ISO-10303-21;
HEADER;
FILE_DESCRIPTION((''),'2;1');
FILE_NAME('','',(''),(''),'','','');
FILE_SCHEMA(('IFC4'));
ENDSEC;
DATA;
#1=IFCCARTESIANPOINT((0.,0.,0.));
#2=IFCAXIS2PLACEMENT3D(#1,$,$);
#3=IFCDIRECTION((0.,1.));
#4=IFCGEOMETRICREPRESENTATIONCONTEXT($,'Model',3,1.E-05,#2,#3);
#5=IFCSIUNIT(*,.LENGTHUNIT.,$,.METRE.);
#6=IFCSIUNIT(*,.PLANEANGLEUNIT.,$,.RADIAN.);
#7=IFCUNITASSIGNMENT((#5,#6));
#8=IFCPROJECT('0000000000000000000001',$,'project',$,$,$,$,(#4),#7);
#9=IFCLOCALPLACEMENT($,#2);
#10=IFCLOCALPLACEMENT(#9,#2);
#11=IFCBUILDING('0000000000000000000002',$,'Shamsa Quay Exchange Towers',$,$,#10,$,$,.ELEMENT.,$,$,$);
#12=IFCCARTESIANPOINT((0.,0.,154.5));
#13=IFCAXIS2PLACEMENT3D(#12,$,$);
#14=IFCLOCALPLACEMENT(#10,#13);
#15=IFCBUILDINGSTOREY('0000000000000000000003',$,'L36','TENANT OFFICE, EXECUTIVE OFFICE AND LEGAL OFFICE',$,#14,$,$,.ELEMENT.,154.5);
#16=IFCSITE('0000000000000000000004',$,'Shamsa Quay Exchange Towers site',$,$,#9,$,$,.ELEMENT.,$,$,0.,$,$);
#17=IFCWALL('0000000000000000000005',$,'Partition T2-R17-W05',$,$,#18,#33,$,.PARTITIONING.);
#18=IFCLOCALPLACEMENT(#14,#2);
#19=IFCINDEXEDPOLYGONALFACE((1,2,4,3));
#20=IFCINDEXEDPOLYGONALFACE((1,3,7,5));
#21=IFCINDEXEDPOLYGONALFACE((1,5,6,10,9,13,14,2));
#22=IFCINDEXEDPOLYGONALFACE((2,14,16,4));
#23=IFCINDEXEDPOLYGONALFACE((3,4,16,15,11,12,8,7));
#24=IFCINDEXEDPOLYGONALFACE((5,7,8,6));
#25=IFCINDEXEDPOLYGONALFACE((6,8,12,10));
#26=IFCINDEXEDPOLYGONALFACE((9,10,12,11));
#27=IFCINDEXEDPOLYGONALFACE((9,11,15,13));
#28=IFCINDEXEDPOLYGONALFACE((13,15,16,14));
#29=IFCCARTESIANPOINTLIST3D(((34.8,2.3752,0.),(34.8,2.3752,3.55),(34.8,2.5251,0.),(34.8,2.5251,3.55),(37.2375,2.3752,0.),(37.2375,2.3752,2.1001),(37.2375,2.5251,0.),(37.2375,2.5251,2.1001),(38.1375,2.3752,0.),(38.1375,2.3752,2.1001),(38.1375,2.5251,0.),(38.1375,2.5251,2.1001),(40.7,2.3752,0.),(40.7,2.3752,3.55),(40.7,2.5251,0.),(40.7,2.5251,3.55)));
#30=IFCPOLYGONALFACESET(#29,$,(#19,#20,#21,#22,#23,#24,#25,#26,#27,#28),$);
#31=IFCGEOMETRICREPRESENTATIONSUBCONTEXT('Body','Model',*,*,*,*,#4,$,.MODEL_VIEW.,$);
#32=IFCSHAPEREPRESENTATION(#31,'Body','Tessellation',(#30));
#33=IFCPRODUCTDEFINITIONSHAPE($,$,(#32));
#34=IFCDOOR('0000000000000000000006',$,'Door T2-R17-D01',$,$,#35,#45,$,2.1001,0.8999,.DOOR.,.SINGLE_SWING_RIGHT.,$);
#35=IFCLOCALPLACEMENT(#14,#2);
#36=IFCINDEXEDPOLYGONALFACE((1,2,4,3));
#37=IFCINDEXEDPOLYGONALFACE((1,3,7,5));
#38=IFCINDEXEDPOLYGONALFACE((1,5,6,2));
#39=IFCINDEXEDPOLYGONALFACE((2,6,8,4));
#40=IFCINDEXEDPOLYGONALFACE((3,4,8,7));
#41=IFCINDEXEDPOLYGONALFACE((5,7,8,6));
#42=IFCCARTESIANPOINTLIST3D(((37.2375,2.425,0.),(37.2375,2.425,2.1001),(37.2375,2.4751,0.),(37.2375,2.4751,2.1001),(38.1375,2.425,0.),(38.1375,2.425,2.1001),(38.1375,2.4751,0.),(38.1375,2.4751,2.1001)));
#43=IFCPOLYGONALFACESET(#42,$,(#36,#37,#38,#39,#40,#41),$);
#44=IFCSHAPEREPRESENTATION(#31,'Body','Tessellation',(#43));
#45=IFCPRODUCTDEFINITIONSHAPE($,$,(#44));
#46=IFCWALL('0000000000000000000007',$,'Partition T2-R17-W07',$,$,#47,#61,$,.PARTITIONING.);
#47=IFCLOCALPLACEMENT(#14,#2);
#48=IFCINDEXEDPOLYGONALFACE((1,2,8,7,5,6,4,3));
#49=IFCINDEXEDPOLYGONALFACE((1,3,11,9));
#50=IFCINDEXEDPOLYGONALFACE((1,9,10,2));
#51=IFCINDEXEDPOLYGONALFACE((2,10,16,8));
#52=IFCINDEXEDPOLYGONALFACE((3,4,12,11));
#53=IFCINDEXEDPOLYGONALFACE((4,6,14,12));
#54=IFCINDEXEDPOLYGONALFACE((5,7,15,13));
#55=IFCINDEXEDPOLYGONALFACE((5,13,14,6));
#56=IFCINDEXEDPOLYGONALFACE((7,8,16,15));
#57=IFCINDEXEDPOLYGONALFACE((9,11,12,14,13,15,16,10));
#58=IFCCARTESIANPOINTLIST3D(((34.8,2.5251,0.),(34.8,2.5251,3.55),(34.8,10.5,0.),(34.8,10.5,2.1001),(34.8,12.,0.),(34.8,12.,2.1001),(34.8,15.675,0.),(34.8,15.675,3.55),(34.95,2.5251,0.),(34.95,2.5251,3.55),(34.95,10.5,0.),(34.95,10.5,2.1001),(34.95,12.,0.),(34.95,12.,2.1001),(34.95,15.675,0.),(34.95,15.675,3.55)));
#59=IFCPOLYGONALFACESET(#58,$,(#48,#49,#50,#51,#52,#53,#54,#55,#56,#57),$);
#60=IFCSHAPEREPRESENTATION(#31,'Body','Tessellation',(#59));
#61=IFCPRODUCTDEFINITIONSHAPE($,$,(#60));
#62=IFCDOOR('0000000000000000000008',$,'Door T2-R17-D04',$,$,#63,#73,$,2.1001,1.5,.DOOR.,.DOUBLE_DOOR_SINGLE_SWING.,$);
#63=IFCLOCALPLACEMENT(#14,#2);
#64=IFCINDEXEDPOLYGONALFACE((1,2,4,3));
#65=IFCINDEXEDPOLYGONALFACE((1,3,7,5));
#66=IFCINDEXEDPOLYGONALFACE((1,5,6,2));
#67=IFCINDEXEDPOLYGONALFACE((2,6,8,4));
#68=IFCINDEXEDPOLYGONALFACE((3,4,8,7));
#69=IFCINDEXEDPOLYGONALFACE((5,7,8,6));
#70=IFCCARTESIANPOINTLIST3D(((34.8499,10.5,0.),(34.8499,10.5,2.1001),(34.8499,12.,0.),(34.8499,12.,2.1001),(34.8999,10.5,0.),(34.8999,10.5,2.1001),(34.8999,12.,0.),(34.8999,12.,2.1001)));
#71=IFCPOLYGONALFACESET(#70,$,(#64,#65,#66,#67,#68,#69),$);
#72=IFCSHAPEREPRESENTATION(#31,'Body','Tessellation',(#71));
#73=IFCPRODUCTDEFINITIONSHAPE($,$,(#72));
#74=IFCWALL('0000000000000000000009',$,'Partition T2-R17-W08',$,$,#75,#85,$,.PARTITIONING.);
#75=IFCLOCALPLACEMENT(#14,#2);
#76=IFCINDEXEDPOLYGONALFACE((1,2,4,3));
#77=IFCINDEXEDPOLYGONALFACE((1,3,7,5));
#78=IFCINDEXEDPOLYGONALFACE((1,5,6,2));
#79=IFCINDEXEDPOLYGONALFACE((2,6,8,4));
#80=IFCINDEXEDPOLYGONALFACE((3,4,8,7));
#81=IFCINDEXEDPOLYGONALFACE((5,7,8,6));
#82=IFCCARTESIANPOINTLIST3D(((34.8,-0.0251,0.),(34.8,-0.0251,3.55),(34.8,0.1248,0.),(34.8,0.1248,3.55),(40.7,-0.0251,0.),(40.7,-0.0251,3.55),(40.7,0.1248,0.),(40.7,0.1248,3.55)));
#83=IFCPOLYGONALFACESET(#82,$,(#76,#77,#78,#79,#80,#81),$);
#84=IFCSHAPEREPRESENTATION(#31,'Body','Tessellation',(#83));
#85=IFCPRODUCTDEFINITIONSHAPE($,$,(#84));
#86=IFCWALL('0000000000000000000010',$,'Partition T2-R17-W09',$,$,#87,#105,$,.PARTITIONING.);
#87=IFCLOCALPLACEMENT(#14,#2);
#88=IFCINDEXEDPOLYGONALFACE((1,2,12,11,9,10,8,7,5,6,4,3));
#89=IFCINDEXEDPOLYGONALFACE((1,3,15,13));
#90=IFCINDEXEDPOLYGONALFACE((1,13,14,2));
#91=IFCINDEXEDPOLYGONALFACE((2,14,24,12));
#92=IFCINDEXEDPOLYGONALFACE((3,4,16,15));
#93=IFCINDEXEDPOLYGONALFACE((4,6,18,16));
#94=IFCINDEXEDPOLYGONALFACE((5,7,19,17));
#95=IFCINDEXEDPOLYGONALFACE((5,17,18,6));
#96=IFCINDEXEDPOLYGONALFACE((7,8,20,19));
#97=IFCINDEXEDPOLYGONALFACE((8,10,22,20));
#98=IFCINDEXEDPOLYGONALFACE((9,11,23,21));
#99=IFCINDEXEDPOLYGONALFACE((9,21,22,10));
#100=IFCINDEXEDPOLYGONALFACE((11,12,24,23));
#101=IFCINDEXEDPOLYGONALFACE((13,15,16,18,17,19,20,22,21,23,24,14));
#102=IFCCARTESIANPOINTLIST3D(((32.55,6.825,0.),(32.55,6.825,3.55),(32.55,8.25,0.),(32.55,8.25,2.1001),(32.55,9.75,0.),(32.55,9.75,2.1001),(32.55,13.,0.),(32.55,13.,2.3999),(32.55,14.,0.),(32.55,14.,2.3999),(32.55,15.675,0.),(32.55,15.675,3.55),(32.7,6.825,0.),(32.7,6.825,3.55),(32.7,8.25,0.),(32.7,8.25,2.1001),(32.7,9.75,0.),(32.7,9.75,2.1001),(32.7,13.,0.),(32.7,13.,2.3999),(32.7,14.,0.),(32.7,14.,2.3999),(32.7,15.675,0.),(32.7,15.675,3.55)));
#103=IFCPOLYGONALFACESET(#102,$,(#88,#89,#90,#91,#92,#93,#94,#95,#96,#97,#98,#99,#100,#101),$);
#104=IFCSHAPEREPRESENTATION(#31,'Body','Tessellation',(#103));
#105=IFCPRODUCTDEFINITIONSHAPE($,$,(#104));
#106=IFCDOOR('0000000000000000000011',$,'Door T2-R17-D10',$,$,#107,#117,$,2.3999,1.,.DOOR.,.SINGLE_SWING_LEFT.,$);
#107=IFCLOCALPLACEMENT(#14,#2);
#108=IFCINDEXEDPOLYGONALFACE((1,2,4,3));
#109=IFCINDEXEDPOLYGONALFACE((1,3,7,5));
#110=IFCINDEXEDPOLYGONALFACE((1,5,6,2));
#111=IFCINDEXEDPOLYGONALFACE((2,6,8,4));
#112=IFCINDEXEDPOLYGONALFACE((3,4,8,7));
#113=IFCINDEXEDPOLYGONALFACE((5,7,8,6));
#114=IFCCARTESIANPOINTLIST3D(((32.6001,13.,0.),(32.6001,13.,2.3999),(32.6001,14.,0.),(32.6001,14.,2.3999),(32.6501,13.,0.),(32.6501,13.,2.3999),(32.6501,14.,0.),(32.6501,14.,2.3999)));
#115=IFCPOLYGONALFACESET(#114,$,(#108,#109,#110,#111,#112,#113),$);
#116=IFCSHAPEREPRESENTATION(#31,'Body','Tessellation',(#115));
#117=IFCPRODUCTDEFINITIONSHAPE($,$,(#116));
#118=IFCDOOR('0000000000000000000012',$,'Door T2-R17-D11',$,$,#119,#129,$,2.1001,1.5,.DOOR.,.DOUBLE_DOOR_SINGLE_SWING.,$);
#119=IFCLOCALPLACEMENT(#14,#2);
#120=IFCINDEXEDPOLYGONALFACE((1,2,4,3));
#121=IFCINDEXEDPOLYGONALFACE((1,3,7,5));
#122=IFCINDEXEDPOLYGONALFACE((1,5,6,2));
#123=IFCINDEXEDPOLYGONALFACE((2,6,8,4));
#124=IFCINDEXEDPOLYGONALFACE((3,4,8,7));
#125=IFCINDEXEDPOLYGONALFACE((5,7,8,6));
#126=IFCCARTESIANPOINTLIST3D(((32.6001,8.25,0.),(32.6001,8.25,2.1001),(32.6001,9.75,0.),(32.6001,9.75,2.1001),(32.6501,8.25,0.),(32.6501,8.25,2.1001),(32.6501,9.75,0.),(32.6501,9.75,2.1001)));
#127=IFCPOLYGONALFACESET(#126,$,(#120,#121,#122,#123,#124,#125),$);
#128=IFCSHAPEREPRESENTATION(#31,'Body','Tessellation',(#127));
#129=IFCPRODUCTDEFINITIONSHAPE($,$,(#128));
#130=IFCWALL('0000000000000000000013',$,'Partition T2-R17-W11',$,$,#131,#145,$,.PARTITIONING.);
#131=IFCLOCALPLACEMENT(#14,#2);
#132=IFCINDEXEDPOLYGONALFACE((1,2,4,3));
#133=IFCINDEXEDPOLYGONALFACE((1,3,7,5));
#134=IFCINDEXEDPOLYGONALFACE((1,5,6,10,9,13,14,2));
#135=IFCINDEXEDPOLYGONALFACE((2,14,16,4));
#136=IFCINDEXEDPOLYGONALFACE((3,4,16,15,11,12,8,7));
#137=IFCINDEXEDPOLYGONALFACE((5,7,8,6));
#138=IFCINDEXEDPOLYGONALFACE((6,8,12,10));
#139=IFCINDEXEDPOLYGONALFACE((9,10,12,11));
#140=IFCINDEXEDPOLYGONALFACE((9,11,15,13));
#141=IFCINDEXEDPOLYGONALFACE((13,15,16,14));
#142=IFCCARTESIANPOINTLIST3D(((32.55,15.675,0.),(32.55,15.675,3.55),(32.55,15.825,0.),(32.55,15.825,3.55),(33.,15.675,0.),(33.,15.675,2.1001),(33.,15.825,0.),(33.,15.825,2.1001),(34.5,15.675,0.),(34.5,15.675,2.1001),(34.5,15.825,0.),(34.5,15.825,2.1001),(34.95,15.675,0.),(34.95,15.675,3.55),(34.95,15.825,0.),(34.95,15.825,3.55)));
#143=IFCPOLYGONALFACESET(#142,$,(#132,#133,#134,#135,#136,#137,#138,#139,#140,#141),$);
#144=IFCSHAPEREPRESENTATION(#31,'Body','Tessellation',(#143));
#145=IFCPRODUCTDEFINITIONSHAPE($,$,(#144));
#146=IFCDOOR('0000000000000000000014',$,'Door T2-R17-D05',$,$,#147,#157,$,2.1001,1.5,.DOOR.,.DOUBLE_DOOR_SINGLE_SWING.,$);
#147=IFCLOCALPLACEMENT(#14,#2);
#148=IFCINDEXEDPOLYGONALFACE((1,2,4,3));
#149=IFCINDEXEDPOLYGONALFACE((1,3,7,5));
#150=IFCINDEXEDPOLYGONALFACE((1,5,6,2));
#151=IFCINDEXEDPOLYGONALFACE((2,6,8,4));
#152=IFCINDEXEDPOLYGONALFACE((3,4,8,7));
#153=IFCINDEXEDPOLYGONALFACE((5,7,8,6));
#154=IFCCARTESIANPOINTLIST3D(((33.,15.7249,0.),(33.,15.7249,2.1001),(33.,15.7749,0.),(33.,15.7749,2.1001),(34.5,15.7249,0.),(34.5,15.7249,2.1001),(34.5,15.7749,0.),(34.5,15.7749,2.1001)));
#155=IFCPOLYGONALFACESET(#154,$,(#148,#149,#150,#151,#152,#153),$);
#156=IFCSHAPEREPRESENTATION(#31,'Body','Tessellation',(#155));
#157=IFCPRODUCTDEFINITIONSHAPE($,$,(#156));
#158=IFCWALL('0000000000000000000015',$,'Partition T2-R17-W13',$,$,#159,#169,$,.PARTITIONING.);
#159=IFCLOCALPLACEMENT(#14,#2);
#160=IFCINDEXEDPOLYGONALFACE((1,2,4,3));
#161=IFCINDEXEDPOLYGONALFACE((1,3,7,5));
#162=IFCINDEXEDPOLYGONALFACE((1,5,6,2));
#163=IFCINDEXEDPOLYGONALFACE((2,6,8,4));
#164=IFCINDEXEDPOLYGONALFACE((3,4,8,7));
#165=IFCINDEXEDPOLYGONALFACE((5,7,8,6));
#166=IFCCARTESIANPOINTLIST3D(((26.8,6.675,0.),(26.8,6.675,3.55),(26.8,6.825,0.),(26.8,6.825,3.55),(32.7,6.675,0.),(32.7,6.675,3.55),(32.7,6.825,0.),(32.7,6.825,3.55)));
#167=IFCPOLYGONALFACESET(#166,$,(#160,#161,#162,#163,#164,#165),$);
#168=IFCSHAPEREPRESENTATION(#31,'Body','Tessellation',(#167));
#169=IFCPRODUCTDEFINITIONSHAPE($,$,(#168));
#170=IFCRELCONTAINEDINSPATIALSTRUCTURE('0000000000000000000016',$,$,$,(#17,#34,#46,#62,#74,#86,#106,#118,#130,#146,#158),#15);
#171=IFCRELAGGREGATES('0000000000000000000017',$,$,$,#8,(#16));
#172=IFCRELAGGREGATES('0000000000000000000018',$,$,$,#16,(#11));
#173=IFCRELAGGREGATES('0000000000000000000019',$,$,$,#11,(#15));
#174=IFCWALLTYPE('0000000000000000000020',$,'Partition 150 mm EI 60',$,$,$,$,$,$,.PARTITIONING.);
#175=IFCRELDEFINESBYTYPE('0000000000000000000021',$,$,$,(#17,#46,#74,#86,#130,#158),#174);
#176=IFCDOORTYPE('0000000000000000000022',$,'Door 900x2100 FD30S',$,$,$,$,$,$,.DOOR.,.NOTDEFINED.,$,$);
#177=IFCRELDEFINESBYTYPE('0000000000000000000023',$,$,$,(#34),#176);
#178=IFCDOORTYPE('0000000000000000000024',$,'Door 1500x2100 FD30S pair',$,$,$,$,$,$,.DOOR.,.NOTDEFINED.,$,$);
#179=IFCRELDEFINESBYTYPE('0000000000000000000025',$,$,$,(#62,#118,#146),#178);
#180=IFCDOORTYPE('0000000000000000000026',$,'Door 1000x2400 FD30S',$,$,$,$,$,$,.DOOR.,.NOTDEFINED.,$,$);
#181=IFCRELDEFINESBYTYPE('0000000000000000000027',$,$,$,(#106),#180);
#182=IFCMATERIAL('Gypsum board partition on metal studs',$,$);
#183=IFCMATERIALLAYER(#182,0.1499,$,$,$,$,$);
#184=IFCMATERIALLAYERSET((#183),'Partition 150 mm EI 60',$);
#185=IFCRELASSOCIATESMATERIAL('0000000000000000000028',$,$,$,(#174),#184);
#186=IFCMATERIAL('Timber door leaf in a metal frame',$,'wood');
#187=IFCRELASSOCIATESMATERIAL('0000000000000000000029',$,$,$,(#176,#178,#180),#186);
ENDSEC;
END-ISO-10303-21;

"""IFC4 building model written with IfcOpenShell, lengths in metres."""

from ifc_helpers import new_model, si_unit, direction, frame, frame_2d, origin, place, context, subcontext, project, spatial, rectangle, extrude, material, layer, layer_set, type_object, element, fill, save


model = new_model("IFC4")

# Units and contexts
model_context = context("Model", 3, precision=1e-05, world=origin(), true_north=direction((0.0, 1.0)))
body_context = subcontext(model_context, "Body", "Model", "MODEL_VIEW")
ifc_project = project(units=[si_unit("LENGTHUNIT", "METRE"), si_unit("PLANEANGLEUNIT", "RADIAN")], contexts=[model_context])

# Site, building, storey
site_placement = place(None, origin())
site = spatial("IfcSite", under=ifc_project, at=site_placement, Name="Shamsa Quay Exchange Towers site", CompositionType="ELEMENT", RefElevation=0.0)
building_placement = place(site_placement, origin())
building = spatial("IfcBuilding", under=site, at=building_placement, Name="Shamsa Quay Exchange Towers", CompositionType="ELEMENT")
storey_placement = place(building_placement, frame((0.0, 0.0, 154.5)))
storey = spatial("IfcBuildingStorey", under=building, at=storey_placement, Name="L36", Description="TENANT OFFICE, EXECUTIVE OFFICE AND LEGAL OFFICE", CompositionType="ELEMENT", Elevation=154.5)

# Walls, openings, doors
ifc_material_1 = material(Name="Gypsum board partition on metal studs")
ifc_material_2 = material(Name="Timber door leaf in a metal frame", Category="wood")
ifc_layer_1 = layer(ifc_material_1, 0.1499)
ifc_layer_set_1 = layer_set([ifc_layer_1], Name="Partition 150 mm EI 60")
wall_type_1 = type_object("IfcWallType", Name="Partition 150 mm EI 60", PredefinedType="PARTITIONING", material=ifc_layer_set_1)
wall_1_placement = place(storey_placement, frame((34.8, 2.4502, 0.0)))
wall_1 = element("IfcWall", 1, at=wall_1_placement, inside=storey, type_object=wall_type_1, Name="Partition T2-R17-W05", PredefinedType="PARTITIONING", context=body_context, shape_type="SweptSolid", body=[
    extrude(rectangle(XDim=5.8999, YDim=0.1499, at=frame_2d((2.95, 0.0))), origin(), (0.0, 0.0, 1.0), 3.55),
])
opening_1_placement = place(wall_1_placement, frame((2.4375, 0.0, 0.0)))
opening_1 = element("IfcOpeningElement", 2, at=opening_1_placement, cuts=wall_1, PredefinedType="OPENING", context=body_context, shape_type="SweptSolid", body=[
    extrude(rectangle(XDim=0.8999, YDim=2.1001, at=frame_2d((0.45, 1.05))), frame((0.0, 0.085, 0.0), z_axis=(0.0, -1.0, 0.0), x_axis=(1.0, 0.0, 0.0)), (0.0, 0.0, 1.0), 0.1699),
])
door_type_1 = type_object("IfcDoorType", Name="Door 900x2100 FD30S", OperationType="NOTDEFINED", PredefinedType="DOOR", material=ifc_material_2)
door_1_placement = place(opening_1_placement, origin())
door_1 = element("IfcDoor", 3, at=door_1_placement, inside=storey, type_object=door_type_1, Name="Door T2-R17-D01", OperationType="SINGLE_SWING_RIGHT", OverallHeight=2.1001, OverallWidth=0.8999, PredefinedType="DOOR", context=body_context, shape_type="SweptSolid", body=[
    extrude(rectangle(XDim=0.8999, YDim=2.1001, at=frame_2d((0.45, 1.05))), frame((0.0, 0.0249, 0.0), z_axis=(0.0, -1.0, 0.0), x_axis=(1.0, 0.0, 0.0)), (0.0, 0.0, 1.0), 0.05),
])
fill(opening_1, door_1)
wall_2_placement = place(storey_placement, frame((34.875, 15.675, 0.0), z_axis=(0.0, 0.0, 1.0), x_axis=(0.0, -1.0, 0.0)))
wall_2 = element("IfcWall", 4, at=wall_2_placement, inside=storey, type_object=wall_type_1, Name="Partition T2-R17-W07", PredefinedType="PARTITIONING", context=body_context, shape_type="SweptSolid", body=[
    extrude(rectangle(XDim=13.1499, YDim=0.1499, at=frame_2d((6.575, 0.0))), origin(), (0.0, 0.0, 1.0), 3.55),
])
opening_2_placement = place(wall_2_placement, frame((3.675, 0.0, 0.0)))
opening_2 = element("IfcOpeningElement", 5, at=opening_2_placement, cuts=wall_2, PredefinedType="OPENING", context=body_context, shape_type="SweptSolid", body=[
    extrude(rectangle(XDim=1.5, YDim=2.1001, at=frame_2d((0.75, 1.05))), frame((0.0, 0.085, 0.0), z_axis=(0.0, -1.0, 0.0), x_axis=(1.0, 0.0, 0.0)), (0.0, 0.0, 1.0), 0.1699),
])
door_type_2 = type_object("IfcDoorType", Name="Door 1500x2100 FD30S pair", OperationType="NOTDEFINED", PredefinedType="DOOR", material=ifc_material_2)
door_2_placement = place(opening_2_placement, origin())
door_2 = element("IfcDoor", 6, at=door_2_placement, inside=storey, type_object=door_type_2, Name="Door T2-R17-D04", OperationType="DOUBLE_DOOR_SINGLE_SWING", OverallHeight=2.1001, OverallWidth=1.5, PredefinedType="DOOR", context=body_context, shape_type="SweptSolid", body=[
    extrude(rectangle(XDim=1.5, YDim=2.1001, at=frame_2d((0.75, 1.05))), frame((0.0, 0.0249, 0.0), z_axis=(0.0, -1.0, 0.0), x_axis=(1.0, 0.0, 0.0)), (0.0, 0.0, 1.0), 0.05),
])
fill(opening_2, door_2)

# Wall
wall_3_placement = place(storey_placement, frame((40.7, 0.0498, 0.0), z_axis=(0.0, 0.0, 1.0), x_axis=(-1.0, 0.0, 0.0)))
element("IfcWall", 7, at=wall_3_placement, inside=storey, type_object=wall_type_1, Name="Partition T2-R17-W08", PredefinedType="PARTITIONING", context=body_context, shape_type="SweptSolid", body=[
    extrude(rectangle(XDim=5.8999, YDim=0.1499, at=frame_2d((2.95, 0.0))), origin(), (0.0, 0.0, 1.0), 3.55),
])

# Wall, openings, doors
wall_4_placement = place(storey_placement, frame((32.625, 6.825, 0.0), z_axis=(0.0, 0.0, 1.0), x_axis=(0.0, 1.0, 0.0)))
wall_4 = element("IfcWall", 8, at=wall_4_placement, inside=storey, type_object=wall_type_1, Name="Partition T2-R17-W09", PredefinedType="PARTITIONING", context=body_context, shape_type="SweptSolid", body=[
    extrude(rectangle(XDim=8.8501, YDim=0.1499, at=frame_2d((4.425, 0.0))), origin(), (0.0, 0.0, 1.0), 3.55),
])
opening_3_placement = place(wall_4_placement, frame((6.175, 0.0, 0.0)))
opening_3 = element("IfcOpeningElement", 9, at=opening_3_placement, cuts=wall_4, PredefinedType="OPENING", context=body_context, shape_type="SweptSolid", body=[
    extrude(rectangle(XDim=1.0, YDim=2.3999, at=frame_2d((0.5, 1.2))), frame((0.0, 0.085, 0.0), z_axis=(0.0, -1.0, 0.0), x_axis=(1.0, 0.0, 0.0)), (0.0, 0.0, 1.0), 0.1699),
])
opening_4_placement = place(wall_4_placement, frame((1.425, 0.0, 0.0)))
opening_4 = element("IfcOpeningElement", 10, at=opening_4_placement, cuts=wall_4, PredefinedType="OPENING", context=body_context, shape_type="SweptSolid", body=[
    extrude(rectangle(XDim=1.5, YDim=2.1001, at=frame_2d((0.75, 1.05))), frame((0.0, 0.085, 0.0), z_axis=(0.0, -1.0, 0.0), x_axis=(1.0, 0.0, 0.0)), (0.0, 0.0, 1.0), 0.1699),
])
door_type_3 = type_object("IfcDoorType", Name="Door 1000x2400 FD30S", OperationType="NOTDEFINED", PredefinedType="DOOR", material=ifc_material_2)
door_3_placement = place(opening_3_placement, origin())
door_3 = element("IfcDoor", 11, at=door_3_placement, inside=storey, type_object=door_type_3, Name="Door T2-R17-D10", OperationType="SINGLE_SWING_LEFT", OverallHeight=2.3999, OverallWidth=1.0, PredefinedType="DOOR", context=body_context, shape_type="SweptSolid", body=[
    extrude(rectangle(XDim=1.0, YDim=2.3999, at=frame_2d((0.5, 1.2))), frame((0.0, 0.0249, 0.0), z_axis=(0.0, -1.0, 0.0), x_axis=(1.0, 0.0, 0.0)), (0.0, 0.0, 1.0), 0.05),
])
fill(opening_3, door_3)
door_4_placement = place(opening_4_placement, origin())
door_4 = element("IfcDoor", 12, at=door_4_placement, inside=storey, type_object=door_type_2, Name="Door T2-R17-D11", OperationType="DOUBLE_DOOR_SINGLE_SWING", OverallHeight=2.1001, OverallWidth=1.5, PredefinedType="DOOR", context=body_context, shape_type="SweptSolid", body=[
    extrude(rectangle(XDim=1.5, YDim=2.1001, at=frame_2d((0.75, 1.05))), frame((0.0, 0.0249, 0.0), z_axis=(0.0, -1.0, 0.0), x_axis=(1.0, 0.0, 0.0)), (0.0, 0.0, 1.0), 0.05),
])
fill(opening_4, door_4)

# Wall, opening, door
wall_5_placement = place(storey_placement, frame((32.55, 15.75, 0.0)))
wall_5 = element("IfcWall", 13, at=wall_5_placement, inside=storey, type_object=wall_type_1, Name="Partition T2-R17-W11", PredefinedType="PARTITIONING", context=body_context, shape_type="SweptSolid", body=[
    extrude(rectangle(XDim=2.3999, YDim=0.1499, at=frame_2d((1.2, 0.0))), origin(), (0.0, 0.0, 1.0), 3.55),
])
opening_5_placement = place(wall_5_placement, frame((0.45, 0.0, 0.0)))
opening_5 = element("IfcOpeningElement", 14, at=opening_5_placement, cuts=wall_5, PredefinedType="OPENING", context=body_context, shape_type="SweptSolid", body=[
    extrude(rectangle(XDim=1.5, YDim=2.1001, at=frame_2d((0.75, 1.05))), frame((0.0, 0.085, 0.0), z_axis=(0.0, -1.0, 0.0), x_axis=(1.0, 0.0, 0.0)), (0.0, 0.0, 1.0), 0.1699),
])
door_5_placement = place(opening_5_placement, origin())
door_5 = element("IfcDoor", 15, at=door_5_placement, inside=storey, type_object=door_type_2, Name="Door T2-R17-D05", OperationType="DOUBLE_DOOR_SINGLE_SWING", OverallHeight=2.1001, OverallWidth=1.5, PredefinedType="DOOR", context=body_context, shape_type="SweptSolid", body=[
    extrude(rectangle(XDim=1.5, YDim=2.1001, at=frame_2d((0.75, 1.05))), frame((0.0, 0.0249, 0.0), z_axis=(0.0, -1.0, 0.0), x_axis=(1.0, 0.0, 0.0)), (0.0, 0.0, 1.0), 0.05),
])
fill(opening_5, door_5)

# Wall
wall_6_placement = place(storey_placement, frame((32.7, 6.75, 0.0), z_axis=(0.0, 0.0, 1.0), x_axis=(-1.0, 0.0, 0.0)))
element("IfcWall", 16, at=wall_6_placement, inside=storey, type_object=wall_type_1, Name="Partition T2-R17-W13", PredefinedType="PARTITIONING", context=body_context, shape_type="SweptSolid", body=[
    extrude(rectangle(XDim=5.8999, YDim=0.1499, at=frame_2d((2.95, 0.0))), origin(), (0.0, 0.0, 1.0), 3.55),
])

save(model, "model.ifc")
